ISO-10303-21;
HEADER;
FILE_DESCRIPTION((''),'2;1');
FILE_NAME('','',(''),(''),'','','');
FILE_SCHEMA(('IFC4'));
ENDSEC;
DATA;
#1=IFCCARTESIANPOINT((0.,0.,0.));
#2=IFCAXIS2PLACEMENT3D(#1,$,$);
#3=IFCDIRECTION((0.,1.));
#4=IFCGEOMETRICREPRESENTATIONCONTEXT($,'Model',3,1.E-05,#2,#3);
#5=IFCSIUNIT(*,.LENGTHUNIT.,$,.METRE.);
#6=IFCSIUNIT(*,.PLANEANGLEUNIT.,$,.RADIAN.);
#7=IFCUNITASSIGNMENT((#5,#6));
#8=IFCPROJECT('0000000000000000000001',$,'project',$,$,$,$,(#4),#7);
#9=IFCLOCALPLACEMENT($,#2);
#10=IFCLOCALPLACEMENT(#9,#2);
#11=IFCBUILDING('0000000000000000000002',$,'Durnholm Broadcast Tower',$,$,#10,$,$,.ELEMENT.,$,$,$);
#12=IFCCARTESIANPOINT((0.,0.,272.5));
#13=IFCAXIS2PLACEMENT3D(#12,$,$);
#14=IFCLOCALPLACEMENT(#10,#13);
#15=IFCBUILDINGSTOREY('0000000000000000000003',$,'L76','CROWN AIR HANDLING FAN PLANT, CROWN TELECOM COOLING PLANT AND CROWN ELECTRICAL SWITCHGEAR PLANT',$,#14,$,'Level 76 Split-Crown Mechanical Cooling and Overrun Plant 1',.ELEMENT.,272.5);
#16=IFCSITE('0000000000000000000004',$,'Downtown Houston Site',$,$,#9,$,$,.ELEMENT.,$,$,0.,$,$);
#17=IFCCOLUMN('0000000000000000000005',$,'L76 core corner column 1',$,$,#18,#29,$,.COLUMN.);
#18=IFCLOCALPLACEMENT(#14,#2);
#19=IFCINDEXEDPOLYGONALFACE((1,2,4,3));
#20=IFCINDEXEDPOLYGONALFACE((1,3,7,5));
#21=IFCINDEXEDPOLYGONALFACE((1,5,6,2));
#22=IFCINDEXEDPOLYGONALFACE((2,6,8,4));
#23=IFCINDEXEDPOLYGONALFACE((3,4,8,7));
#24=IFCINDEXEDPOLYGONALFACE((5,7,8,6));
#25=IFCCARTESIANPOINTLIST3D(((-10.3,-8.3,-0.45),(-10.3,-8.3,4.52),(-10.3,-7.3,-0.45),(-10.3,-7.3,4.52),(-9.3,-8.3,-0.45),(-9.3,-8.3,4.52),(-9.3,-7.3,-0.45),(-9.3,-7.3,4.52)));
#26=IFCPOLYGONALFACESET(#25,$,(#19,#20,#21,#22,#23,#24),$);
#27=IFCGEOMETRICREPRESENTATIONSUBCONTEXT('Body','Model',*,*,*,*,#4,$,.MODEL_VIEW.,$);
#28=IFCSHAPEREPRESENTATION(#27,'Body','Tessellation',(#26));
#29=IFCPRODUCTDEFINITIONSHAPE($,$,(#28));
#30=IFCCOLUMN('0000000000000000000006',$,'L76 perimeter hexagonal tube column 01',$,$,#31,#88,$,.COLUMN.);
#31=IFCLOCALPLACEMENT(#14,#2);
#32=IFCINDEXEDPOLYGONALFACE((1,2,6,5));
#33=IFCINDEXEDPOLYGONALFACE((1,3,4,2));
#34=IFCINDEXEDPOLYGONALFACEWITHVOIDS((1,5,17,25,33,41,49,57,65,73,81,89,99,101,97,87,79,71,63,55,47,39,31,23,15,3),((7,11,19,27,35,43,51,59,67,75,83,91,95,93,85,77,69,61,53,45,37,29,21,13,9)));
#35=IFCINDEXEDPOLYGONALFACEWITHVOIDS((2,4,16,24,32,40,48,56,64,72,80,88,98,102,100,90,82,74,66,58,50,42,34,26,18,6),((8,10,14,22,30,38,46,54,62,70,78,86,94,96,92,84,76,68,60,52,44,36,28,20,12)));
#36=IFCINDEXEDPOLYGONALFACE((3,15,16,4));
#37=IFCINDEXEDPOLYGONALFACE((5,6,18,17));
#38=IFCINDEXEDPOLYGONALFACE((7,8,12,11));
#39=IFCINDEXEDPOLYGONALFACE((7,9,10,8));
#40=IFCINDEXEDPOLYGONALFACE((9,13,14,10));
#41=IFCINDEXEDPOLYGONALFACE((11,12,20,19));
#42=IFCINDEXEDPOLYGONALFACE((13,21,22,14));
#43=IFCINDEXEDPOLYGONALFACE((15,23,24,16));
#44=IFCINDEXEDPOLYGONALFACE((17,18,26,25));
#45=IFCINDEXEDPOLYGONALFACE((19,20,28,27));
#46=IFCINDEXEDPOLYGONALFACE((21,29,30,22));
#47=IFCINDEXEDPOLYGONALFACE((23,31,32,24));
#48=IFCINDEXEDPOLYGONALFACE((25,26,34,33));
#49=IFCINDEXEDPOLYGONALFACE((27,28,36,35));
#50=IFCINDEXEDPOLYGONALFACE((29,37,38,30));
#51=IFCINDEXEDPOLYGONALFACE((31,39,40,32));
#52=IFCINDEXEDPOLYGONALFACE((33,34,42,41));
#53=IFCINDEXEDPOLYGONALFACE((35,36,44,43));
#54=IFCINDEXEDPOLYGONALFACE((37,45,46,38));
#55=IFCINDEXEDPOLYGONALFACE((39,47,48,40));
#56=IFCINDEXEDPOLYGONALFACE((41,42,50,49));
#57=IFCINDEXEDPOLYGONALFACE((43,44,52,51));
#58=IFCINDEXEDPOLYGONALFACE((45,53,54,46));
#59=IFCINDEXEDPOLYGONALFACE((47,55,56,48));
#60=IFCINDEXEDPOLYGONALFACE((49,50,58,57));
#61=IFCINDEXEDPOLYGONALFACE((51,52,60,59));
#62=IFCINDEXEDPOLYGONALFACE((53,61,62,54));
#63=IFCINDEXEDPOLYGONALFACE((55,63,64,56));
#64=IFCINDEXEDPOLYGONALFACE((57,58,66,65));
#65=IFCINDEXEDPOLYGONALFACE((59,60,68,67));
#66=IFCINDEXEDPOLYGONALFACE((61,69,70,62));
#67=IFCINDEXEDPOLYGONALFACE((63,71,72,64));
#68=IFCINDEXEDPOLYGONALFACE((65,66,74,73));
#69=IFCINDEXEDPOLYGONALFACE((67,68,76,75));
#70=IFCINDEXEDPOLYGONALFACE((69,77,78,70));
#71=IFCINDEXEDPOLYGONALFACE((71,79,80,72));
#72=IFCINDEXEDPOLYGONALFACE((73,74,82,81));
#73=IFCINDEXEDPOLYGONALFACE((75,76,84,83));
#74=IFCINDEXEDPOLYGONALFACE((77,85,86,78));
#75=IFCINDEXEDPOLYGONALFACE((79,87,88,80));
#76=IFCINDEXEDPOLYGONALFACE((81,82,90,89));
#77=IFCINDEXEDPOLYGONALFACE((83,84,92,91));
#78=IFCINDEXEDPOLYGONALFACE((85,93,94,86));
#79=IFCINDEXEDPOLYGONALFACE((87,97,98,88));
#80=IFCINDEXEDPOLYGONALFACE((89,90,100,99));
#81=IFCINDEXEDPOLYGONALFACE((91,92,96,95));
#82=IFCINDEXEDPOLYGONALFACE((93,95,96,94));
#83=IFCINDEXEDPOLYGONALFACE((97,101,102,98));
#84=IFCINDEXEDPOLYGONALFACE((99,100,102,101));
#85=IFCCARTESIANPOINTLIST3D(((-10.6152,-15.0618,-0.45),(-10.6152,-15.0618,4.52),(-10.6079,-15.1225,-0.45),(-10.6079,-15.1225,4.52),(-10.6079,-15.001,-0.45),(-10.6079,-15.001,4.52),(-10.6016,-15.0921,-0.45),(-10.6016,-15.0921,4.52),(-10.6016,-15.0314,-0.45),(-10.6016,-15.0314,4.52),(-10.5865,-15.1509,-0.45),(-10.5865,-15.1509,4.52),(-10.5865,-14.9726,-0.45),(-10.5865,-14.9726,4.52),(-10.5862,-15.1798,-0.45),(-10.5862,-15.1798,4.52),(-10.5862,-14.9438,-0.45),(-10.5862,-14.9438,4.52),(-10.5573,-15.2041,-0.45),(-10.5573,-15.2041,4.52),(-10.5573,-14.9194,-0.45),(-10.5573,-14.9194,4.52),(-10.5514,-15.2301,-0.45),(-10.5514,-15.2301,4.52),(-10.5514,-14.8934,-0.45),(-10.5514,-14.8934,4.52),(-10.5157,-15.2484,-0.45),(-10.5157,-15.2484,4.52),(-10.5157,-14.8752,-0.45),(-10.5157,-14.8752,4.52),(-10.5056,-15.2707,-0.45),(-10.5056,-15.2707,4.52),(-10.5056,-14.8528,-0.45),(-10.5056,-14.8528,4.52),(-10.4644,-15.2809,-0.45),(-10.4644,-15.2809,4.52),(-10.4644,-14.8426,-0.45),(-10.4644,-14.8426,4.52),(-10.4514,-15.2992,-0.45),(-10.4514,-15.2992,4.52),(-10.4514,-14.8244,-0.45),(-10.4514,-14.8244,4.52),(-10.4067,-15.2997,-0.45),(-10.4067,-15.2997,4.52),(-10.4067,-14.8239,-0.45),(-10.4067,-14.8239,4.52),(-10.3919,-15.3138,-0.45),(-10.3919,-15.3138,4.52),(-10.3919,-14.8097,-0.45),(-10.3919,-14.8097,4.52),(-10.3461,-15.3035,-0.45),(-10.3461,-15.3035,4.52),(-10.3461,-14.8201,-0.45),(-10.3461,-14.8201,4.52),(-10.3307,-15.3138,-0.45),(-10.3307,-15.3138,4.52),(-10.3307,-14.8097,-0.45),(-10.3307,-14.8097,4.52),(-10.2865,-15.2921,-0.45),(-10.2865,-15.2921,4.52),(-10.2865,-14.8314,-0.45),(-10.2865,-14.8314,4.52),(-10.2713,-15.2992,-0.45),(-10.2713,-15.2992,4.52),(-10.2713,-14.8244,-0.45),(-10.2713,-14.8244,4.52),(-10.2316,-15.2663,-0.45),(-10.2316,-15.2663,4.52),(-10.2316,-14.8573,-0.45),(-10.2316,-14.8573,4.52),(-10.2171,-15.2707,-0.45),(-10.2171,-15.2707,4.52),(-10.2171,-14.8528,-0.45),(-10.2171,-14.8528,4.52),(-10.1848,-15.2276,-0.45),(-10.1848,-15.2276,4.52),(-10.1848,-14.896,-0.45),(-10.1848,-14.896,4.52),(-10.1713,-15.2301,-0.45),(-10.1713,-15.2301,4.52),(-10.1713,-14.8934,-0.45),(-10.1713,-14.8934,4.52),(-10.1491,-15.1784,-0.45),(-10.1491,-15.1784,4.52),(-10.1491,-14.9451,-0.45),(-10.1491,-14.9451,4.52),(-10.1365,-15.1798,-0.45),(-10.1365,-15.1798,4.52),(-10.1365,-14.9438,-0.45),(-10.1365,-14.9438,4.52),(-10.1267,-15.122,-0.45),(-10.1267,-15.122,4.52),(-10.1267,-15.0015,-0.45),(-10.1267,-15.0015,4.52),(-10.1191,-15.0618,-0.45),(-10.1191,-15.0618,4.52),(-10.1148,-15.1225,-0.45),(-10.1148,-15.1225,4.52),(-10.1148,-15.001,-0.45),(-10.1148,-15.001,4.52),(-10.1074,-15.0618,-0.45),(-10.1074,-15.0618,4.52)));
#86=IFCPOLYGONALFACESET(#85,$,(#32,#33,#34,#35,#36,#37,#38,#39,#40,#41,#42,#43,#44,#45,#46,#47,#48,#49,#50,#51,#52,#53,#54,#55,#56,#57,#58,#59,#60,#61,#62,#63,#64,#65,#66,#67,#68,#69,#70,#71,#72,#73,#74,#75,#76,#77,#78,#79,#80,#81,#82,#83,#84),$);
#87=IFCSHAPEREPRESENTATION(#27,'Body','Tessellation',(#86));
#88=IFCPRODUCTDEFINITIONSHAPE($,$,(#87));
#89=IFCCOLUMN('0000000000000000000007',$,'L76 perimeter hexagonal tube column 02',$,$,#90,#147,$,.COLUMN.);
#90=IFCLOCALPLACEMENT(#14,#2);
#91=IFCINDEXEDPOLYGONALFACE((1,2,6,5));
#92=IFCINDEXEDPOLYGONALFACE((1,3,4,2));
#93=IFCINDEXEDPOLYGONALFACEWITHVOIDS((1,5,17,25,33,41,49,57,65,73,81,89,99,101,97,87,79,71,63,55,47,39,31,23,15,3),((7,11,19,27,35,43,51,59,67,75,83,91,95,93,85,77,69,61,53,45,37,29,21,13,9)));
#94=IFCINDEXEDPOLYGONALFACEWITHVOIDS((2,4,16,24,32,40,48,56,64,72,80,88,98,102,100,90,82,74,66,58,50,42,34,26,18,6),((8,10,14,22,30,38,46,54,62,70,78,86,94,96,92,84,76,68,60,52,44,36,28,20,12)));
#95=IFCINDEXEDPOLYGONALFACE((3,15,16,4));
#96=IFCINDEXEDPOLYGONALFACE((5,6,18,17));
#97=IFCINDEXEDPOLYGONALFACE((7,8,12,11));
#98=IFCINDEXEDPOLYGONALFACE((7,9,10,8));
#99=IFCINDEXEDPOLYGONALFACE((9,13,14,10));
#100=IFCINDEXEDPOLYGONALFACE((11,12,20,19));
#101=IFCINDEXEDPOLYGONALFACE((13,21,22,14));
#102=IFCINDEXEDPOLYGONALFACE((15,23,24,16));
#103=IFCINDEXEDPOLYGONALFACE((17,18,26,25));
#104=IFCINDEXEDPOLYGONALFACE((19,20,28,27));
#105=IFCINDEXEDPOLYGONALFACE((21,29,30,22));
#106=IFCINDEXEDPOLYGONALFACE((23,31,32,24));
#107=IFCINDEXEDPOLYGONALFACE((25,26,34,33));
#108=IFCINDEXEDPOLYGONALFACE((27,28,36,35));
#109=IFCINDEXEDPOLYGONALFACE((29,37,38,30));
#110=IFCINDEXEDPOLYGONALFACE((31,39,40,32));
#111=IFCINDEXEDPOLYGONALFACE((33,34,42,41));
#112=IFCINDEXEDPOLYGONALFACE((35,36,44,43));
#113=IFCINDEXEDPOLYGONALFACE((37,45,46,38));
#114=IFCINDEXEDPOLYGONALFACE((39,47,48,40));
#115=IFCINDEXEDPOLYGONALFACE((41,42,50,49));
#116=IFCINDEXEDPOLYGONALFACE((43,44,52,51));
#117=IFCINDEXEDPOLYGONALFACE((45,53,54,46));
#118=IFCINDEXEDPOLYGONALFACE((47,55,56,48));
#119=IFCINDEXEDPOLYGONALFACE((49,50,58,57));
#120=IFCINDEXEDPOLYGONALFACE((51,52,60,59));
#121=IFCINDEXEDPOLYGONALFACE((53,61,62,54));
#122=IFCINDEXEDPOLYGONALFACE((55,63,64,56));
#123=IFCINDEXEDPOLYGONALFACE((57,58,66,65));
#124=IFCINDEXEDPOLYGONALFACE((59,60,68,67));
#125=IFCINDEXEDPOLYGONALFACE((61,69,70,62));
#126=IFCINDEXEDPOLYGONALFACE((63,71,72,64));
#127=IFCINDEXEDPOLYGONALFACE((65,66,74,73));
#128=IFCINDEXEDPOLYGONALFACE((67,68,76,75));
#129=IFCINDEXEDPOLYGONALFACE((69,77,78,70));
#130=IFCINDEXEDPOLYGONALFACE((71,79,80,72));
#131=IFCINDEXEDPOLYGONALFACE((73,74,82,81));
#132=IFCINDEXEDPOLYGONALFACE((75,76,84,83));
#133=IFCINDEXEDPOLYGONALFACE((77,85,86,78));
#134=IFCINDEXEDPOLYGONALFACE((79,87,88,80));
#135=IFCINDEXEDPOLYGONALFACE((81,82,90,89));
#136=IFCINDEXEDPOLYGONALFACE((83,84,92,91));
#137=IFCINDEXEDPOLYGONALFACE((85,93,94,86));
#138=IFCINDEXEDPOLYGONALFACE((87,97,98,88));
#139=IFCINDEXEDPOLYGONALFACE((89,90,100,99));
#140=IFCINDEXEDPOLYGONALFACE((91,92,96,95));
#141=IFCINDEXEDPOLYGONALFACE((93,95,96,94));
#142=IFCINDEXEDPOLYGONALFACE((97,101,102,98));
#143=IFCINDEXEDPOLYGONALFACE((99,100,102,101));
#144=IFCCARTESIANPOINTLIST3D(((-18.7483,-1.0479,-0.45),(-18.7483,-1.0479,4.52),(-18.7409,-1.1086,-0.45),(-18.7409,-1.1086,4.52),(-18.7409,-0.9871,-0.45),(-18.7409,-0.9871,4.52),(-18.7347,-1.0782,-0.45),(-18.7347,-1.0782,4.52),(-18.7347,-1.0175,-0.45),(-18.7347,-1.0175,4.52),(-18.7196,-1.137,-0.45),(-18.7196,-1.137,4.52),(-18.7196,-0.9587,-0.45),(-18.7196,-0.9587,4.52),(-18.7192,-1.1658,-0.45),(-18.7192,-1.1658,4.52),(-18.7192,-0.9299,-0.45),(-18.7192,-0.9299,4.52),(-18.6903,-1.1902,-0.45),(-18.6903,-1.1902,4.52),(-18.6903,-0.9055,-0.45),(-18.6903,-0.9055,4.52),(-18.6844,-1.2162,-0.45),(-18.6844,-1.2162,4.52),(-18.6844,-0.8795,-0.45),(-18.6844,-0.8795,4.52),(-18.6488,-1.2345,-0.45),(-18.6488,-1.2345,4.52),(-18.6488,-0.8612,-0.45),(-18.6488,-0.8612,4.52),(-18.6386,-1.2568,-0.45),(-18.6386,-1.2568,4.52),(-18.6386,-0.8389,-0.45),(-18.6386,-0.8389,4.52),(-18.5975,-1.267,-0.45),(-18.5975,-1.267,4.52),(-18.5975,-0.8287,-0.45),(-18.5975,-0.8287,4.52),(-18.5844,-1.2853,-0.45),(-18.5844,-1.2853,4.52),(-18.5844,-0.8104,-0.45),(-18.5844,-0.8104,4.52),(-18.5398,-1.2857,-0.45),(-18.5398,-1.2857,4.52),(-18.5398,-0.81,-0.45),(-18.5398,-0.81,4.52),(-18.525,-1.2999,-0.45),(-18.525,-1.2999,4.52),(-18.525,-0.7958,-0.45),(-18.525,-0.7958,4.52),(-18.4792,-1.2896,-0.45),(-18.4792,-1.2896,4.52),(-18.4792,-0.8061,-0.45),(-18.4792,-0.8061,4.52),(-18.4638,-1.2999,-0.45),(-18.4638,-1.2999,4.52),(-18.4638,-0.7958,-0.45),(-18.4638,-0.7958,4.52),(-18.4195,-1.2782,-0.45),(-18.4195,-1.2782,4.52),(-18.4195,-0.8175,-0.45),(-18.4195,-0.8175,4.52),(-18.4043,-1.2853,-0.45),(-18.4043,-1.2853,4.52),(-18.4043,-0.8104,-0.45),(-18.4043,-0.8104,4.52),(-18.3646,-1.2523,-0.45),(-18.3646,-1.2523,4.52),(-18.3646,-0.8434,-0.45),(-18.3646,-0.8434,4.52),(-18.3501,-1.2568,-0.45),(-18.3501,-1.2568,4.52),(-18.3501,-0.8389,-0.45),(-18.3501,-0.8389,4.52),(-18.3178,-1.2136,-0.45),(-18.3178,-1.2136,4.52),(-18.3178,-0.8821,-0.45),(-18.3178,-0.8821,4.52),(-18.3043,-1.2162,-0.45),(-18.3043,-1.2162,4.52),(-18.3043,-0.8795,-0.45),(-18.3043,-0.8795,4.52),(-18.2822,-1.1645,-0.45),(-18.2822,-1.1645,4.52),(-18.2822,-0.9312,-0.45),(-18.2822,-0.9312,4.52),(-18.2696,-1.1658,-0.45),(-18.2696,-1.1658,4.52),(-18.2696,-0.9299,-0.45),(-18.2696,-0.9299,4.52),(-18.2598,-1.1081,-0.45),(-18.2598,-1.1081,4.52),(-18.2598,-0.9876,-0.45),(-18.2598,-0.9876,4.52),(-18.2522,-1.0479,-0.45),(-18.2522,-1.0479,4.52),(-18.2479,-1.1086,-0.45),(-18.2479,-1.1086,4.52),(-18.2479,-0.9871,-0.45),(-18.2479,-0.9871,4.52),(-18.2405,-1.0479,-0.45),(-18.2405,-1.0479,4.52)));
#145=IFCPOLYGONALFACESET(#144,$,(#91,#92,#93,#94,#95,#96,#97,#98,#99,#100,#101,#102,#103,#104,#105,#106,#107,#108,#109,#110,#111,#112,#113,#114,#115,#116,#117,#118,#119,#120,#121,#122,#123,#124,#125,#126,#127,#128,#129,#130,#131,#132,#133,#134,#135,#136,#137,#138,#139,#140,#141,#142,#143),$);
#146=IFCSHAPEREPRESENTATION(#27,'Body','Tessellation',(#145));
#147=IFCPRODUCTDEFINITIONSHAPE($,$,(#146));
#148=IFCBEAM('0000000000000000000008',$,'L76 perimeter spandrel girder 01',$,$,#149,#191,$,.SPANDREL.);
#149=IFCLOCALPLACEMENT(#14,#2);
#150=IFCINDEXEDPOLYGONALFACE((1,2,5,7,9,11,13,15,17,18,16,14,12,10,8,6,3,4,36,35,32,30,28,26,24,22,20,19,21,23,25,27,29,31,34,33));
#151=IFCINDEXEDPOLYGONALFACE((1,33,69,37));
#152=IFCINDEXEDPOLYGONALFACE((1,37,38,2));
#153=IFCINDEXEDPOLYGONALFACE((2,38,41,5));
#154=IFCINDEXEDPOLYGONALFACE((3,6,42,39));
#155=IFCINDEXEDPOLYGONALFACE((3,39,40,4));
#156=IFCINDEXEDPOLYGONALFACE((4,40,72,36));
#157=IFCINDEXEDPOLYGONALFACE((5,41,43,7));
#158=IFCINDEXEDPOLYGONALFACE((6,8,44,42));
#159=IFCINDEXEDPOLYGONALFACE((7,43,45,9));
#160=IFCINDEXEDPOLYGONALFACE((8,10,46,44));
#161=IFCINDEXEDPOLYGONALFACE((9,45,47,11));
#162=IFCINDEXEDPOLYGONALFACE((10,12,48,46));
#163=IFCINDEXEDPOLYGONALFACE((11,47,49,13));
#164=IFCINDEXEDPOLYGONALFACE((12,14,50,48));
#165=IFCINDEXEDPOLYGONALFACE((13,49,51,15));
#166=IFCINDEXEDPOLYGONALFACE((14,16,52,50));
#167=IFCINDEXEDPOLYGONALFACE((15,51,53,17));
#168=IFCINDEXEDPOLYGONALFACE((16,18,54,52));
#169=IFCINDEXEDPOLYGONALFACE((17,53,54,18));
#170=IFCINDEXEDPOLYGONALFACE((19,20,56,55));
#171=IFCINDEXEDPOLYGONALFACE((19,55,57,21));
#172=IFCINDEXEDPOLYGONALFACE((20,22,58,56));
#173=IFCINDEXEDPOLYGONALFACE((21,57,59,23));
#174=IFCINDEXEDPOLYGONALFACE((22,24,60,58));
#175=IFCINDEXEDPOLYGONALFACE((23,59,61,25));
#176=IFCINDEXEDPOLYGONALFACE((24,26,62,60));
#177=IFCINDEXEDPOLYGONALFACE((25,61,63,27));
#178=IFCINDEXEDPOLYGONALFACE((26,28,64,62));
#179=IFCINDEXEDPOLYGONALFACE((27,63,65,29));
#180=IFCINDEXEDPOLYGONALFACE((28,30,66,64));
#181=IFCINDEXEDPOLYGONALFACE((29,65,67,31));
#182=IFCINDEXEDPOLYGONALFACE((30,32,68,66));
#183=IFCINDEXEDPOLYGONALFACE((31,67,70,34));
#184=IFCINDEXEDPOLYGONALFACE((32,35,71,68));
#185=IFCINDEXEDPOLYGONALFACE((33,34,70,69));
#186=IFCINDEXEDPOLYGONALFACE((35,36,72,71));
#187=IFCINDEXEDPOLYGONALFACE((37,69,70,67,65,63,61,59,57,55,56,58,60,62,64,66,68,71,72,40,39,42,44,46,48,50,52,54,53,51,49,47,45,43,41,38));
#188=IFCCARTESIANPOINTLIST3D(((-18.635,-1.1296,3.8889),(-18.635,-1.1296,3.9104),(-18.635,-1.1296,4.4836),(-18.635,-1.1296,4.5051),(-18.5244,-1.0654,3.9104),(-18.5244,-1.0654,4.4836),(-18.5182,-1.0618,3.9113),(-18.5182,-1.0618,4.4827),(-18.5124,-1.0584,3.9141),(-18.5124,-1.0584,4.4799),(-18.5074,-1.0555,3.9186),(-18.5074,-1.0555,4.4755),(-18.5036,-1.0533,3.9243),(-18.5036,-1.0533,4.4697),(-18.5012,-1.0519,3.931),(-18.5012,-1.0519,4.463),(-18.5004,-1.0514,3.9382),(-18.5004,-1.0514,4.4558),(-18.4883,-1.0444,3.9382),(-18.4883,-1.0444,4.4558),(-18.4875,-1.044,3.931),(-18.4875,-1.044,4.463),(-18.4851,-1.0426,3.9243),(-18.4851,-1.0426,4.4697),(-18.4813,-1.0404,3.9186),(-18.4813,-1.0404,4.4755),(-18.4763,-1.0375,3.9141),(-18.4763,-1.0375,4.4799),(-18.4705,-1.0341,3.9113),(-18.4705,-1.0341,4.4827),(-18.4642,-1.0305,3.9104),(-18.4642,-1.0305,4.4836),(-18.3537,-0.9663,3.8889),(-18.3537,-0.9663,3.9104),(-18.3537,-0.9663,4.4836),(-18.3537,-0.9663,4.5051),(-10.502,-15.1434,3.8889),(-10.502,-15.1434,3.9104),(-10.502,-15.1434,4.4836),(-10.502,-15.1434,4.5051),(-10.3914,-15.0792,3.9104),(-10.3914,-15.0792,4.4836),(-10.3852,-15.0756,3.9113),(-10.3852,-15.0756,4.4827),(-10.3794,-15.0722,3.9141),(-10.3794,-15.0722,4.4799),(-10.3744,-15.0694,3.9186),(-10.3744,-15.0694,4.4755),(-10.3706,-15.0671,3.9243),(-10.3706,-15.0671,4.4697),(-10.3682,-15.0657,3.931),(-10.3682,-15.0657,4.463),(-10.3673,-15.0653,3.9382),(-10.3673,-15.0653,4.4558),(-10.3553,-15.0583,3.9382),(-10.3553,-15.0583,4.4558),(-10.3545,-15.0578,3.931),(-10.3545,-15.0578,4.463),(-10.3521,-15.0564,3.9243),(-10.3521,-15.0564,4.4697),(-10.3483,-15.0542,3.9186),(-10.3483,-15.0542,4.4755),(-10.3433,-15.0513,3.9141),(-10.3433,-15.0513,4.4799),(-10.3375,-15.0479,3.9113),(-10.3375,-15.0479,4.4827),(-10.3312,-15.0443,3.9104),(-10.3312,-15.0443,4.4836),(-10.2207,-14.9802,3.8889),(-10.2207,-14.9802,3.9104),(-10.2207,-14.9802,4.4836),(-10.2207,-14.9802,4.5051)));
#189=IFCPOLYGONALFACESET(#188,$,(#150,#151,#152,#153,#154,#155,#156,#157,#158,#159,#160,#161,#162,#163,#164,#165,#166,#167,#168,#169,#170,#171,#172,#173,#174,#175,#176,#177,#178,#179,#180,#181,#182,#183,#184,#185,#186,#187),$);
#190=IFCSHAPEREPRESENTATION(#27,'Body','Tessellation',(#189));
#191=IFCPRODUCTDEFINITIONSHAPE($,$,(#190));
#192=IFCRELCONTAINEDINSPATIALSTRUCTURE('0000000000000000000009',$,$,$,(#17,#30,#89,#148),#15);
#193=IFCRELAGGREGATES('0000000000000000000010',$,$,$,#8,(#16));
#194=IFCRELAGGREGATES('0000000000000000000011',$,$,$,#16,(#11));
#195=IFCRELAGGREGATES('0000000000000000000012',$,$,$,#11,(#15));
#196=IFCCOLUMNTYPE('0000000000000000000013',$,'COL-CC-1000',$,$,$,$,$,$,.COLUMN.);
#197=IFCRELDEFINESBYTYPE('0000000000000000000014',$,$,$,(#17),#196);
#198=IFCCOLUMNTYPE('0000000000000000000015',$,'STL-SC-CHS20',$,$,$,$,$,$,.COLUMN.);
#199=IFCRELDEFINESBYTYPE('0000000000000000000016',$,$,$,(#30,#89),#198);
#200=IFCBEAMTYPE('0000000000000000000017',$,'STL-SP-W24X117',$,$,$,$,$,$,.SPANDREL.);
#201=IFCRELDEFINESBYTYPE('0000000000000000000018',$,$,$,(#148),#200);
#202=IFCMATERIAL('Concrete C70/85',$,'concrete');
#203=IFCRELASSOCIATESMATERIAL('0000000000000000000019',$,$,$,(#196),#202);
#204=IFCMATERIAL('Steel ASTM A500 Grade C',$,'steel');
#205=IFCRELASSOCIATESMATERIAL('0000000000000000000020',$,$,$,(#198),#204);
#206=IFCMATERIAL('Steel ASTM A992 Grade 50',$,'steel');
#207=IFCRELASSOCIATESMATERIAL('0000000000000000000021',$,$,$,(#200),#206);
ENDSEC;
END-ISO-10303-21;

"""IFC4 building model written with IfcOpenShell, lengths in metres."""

from ifc_helpers import new_model, si_unit, direction, frame, origin, origin_2d, place, context, subcontext, project, spatial, rectangle, hollow_circle, i_section, extrude, source, transform, mapped, material, material_profile, profile_set, type_object, type_shapes, element, save


model = new_model("IFC4")

# Units and contexts
model_context = context("Model", 3, precision=1e-05, world=origin(), true_north=direction((0.0, 1.0)))
body_context = subcontext(model_context, "Body", "Model", "MODEL_VIEW")
ifc_project = project(units=[si_unit("LENGTHUNIT", "METRE"), si_unit("PLANEANGLEUNIT", "RADIAN")], contexts=[model_context])

# Site, building, storey
site_placement = place(None, origin())
site = spatial("IfcSite", under=ifc_project, at=site_placement, Name="Downtown Houston Site", CompositionType="ELEMENT", RefElevation=0.0)
building_placement = place(site_placement, origin())
building = spatial("IfcBuilding", under=site, at=building_placement, Name="Durnholm Broadcast Tower", CompositionType="ELEMENT")
storey_placement = place(building_placement, frame((0.0, 0.0, 272.5)))
storey = spatial("IfcBuildingStorey", under=building, at=storey_placement, Name="L76", Description="CROWN AIR HANDLING FAN PLANT, CROWN TELECOM COOLING PLANT AND CROWN ELECTRICAL SWITCHGEAR PLANT", LongName="Level 76 Split-Crown Mechanical Cooling and Overrun Plant 1", CompositionType="ELEMENT", Elevation=272.5)

# Columns
ifc_material_1 = material(Name="Concrete C70/85", Category="concrete")
ifc_material_profile_1 = material_profile(ifc_material_1, rectangle(XDim=1.0, YDim=1.0, at=origin_2d()), Name="RC1000X1000")
ifc_profile_set_1 = profile_set([ifc_material_profile_1], Name="Concrete C70/85")
column_type_1 = type_object("IfcColumnType", Name="COL-CC-1000", PredefinedType="COLUMN", material=ifc_profile_set_1)
shared_shape_1 = source(origin(), body_context, "Body", "SweptSolid", [
    extrude(rectangle(XDim=1.0, YDim=1.0, at=origin_2d()), origin(), (0.0, 0.0, 1.0), 4.97),
])
type_shapes(column_type_1, [shared_shape_1])
column_placement = place(storey_placement, frame((-9.8, -7.8, -0.45), z_axis=(0.0, 0.0, 1.0), x_axis=(1.0, 0.0, 0.0)))
element("IfcColumn", 1, at=column_placement, inside=storey, type_object=column_type_1, Name="L76 core corner column 1", PredefinedType="COLUMN", context=body_context, shape_type="MappedRepresentation", body=[
    mapped(shared_shape_1, transform((0.0, 0.0, 0.0), x_axis=(1.0, 0.0, 0.0), y_axis=(0.0, 1.0, 0.0), z_axis=(0.0, 0.0, 1.0), scale=1.0)),
])
ifc_material_2 = material(Name="Steel ASTM A500 Grade C", Category="steel")
ifc_material_profile_2 = material_profile(ifc_material_2, hollow_circle(Radius=0.2539, WallThickness=0.0117, at=origin_2d()), Name="HSS20.000X0.500")
ifc_profile_set_2 = profile_set([ifc_material_profile_2], Name="Steel ASTM A500 Grade C")
column_type_2 = type_object("IfcColumnType", Name="STL-SC-CHS20", PredefinedType="COLUMN", material=ifc_profile_set_2)
shared_shape_2 = source(origin(), body_context, "Body", "SweptSolid", [
    extrude(hollow_circle(Radius=0.2539, WallThickness=0.0117, at=origin_2d()), origin(), (0.0, 0.0, 1.0), 4.97),
])
type_shapes(column_type_2, [shared_shape_2])
for number, where, z_axis, x_axis, name in (
    (2, (-10.3613, -15.0618, -0.45), (0.0, 0.0, 1.0), (1.0, 0.0, 0.0), "L76 perimeter hexagonal tube column 01"),
    (3, (-18.4944, -1.0479, -0.45), (0.0, 0.0, 1.0), (1.0, 0.0, 0.0), "L76 perimeter hexagonal tube column 02"),
):
    element("IfcColumn", number, at=place(storey_placement, frame(where, z_axis=z_axis, x_axis=x_axis)), inside=storey, type_object=column_type_2, Name=name, PredefinedType="COLUMN", context=body_context, shape_type="MappedRepresentation", body=[
        mapped(shared_shape_2, transform((0.0, 0.0, 0.0), x_axis=(1.0, 0.0, 0.0), y_axis=(0.0, 1.0, 0.0), z_axis=(0.0, 0.0, 1.0), scale=1.0)),
    ])

# Beam
ifc_material_3 = material(Name="Steel ASTM A992 Grade 50", Category="steel")
ifc_material_profile_3 = material_profile(ifc_material_3, i_section(OverallWidth=0.3252, OverallDepth=0.6162, WebThickness=0.0139, FlangeThickness=0.0215, FilletRadius=0.0278, at=origin_2d()), Name="W24X117")
ifc_profile_set_3 = profile_set([ifc_material_profile_3], Name="Steel ASTM A992 Grade 50")
beam_type_1 = type_object("IfcBeamType", Name="STL-SP-W24X117", PredefinedType="SPANDREL", material=ifc_profile_set_3)
shared_shape_3 = source(origin(), body_context, "Body", "SweptSolid", [
    extrude(i_section(OverallWidth=0.3252, OverallDepth=0.6162, WebThickness=0.0139, FlangeThickness=0.0215, FilletRadius=0.0278, at=origin_2d()), origin(), (0.0, 0.0, 1.0), 16.2029),
])
beam_1_placement = place(storey_placement, frame((-10.3613, -15.0618, 4.197), z_axis=(-0.501948, 0.864898, 0.0), x_axis=(-0.864898, -0.501948, 0.0)))
element("IfcBeam", 4, at=beam_1_placement, inside=storey, type_object=beam_type_1, Name="L76 perimeter spandrel girder 01", PredefinedType="SPANDREL", context=body_context, shape_type="MappedRepresentation", body=[
    mapped(shared_shape_3, transform((0.0, 0.0, 0.0), x_axis=(1.0, 0.0, 0.0), y_axis=(0.0, 1.0, 0.0), z_axis=(0.0, 0.0, 1.0), scale=1.0)),
])

save(model, "model.ifc")
